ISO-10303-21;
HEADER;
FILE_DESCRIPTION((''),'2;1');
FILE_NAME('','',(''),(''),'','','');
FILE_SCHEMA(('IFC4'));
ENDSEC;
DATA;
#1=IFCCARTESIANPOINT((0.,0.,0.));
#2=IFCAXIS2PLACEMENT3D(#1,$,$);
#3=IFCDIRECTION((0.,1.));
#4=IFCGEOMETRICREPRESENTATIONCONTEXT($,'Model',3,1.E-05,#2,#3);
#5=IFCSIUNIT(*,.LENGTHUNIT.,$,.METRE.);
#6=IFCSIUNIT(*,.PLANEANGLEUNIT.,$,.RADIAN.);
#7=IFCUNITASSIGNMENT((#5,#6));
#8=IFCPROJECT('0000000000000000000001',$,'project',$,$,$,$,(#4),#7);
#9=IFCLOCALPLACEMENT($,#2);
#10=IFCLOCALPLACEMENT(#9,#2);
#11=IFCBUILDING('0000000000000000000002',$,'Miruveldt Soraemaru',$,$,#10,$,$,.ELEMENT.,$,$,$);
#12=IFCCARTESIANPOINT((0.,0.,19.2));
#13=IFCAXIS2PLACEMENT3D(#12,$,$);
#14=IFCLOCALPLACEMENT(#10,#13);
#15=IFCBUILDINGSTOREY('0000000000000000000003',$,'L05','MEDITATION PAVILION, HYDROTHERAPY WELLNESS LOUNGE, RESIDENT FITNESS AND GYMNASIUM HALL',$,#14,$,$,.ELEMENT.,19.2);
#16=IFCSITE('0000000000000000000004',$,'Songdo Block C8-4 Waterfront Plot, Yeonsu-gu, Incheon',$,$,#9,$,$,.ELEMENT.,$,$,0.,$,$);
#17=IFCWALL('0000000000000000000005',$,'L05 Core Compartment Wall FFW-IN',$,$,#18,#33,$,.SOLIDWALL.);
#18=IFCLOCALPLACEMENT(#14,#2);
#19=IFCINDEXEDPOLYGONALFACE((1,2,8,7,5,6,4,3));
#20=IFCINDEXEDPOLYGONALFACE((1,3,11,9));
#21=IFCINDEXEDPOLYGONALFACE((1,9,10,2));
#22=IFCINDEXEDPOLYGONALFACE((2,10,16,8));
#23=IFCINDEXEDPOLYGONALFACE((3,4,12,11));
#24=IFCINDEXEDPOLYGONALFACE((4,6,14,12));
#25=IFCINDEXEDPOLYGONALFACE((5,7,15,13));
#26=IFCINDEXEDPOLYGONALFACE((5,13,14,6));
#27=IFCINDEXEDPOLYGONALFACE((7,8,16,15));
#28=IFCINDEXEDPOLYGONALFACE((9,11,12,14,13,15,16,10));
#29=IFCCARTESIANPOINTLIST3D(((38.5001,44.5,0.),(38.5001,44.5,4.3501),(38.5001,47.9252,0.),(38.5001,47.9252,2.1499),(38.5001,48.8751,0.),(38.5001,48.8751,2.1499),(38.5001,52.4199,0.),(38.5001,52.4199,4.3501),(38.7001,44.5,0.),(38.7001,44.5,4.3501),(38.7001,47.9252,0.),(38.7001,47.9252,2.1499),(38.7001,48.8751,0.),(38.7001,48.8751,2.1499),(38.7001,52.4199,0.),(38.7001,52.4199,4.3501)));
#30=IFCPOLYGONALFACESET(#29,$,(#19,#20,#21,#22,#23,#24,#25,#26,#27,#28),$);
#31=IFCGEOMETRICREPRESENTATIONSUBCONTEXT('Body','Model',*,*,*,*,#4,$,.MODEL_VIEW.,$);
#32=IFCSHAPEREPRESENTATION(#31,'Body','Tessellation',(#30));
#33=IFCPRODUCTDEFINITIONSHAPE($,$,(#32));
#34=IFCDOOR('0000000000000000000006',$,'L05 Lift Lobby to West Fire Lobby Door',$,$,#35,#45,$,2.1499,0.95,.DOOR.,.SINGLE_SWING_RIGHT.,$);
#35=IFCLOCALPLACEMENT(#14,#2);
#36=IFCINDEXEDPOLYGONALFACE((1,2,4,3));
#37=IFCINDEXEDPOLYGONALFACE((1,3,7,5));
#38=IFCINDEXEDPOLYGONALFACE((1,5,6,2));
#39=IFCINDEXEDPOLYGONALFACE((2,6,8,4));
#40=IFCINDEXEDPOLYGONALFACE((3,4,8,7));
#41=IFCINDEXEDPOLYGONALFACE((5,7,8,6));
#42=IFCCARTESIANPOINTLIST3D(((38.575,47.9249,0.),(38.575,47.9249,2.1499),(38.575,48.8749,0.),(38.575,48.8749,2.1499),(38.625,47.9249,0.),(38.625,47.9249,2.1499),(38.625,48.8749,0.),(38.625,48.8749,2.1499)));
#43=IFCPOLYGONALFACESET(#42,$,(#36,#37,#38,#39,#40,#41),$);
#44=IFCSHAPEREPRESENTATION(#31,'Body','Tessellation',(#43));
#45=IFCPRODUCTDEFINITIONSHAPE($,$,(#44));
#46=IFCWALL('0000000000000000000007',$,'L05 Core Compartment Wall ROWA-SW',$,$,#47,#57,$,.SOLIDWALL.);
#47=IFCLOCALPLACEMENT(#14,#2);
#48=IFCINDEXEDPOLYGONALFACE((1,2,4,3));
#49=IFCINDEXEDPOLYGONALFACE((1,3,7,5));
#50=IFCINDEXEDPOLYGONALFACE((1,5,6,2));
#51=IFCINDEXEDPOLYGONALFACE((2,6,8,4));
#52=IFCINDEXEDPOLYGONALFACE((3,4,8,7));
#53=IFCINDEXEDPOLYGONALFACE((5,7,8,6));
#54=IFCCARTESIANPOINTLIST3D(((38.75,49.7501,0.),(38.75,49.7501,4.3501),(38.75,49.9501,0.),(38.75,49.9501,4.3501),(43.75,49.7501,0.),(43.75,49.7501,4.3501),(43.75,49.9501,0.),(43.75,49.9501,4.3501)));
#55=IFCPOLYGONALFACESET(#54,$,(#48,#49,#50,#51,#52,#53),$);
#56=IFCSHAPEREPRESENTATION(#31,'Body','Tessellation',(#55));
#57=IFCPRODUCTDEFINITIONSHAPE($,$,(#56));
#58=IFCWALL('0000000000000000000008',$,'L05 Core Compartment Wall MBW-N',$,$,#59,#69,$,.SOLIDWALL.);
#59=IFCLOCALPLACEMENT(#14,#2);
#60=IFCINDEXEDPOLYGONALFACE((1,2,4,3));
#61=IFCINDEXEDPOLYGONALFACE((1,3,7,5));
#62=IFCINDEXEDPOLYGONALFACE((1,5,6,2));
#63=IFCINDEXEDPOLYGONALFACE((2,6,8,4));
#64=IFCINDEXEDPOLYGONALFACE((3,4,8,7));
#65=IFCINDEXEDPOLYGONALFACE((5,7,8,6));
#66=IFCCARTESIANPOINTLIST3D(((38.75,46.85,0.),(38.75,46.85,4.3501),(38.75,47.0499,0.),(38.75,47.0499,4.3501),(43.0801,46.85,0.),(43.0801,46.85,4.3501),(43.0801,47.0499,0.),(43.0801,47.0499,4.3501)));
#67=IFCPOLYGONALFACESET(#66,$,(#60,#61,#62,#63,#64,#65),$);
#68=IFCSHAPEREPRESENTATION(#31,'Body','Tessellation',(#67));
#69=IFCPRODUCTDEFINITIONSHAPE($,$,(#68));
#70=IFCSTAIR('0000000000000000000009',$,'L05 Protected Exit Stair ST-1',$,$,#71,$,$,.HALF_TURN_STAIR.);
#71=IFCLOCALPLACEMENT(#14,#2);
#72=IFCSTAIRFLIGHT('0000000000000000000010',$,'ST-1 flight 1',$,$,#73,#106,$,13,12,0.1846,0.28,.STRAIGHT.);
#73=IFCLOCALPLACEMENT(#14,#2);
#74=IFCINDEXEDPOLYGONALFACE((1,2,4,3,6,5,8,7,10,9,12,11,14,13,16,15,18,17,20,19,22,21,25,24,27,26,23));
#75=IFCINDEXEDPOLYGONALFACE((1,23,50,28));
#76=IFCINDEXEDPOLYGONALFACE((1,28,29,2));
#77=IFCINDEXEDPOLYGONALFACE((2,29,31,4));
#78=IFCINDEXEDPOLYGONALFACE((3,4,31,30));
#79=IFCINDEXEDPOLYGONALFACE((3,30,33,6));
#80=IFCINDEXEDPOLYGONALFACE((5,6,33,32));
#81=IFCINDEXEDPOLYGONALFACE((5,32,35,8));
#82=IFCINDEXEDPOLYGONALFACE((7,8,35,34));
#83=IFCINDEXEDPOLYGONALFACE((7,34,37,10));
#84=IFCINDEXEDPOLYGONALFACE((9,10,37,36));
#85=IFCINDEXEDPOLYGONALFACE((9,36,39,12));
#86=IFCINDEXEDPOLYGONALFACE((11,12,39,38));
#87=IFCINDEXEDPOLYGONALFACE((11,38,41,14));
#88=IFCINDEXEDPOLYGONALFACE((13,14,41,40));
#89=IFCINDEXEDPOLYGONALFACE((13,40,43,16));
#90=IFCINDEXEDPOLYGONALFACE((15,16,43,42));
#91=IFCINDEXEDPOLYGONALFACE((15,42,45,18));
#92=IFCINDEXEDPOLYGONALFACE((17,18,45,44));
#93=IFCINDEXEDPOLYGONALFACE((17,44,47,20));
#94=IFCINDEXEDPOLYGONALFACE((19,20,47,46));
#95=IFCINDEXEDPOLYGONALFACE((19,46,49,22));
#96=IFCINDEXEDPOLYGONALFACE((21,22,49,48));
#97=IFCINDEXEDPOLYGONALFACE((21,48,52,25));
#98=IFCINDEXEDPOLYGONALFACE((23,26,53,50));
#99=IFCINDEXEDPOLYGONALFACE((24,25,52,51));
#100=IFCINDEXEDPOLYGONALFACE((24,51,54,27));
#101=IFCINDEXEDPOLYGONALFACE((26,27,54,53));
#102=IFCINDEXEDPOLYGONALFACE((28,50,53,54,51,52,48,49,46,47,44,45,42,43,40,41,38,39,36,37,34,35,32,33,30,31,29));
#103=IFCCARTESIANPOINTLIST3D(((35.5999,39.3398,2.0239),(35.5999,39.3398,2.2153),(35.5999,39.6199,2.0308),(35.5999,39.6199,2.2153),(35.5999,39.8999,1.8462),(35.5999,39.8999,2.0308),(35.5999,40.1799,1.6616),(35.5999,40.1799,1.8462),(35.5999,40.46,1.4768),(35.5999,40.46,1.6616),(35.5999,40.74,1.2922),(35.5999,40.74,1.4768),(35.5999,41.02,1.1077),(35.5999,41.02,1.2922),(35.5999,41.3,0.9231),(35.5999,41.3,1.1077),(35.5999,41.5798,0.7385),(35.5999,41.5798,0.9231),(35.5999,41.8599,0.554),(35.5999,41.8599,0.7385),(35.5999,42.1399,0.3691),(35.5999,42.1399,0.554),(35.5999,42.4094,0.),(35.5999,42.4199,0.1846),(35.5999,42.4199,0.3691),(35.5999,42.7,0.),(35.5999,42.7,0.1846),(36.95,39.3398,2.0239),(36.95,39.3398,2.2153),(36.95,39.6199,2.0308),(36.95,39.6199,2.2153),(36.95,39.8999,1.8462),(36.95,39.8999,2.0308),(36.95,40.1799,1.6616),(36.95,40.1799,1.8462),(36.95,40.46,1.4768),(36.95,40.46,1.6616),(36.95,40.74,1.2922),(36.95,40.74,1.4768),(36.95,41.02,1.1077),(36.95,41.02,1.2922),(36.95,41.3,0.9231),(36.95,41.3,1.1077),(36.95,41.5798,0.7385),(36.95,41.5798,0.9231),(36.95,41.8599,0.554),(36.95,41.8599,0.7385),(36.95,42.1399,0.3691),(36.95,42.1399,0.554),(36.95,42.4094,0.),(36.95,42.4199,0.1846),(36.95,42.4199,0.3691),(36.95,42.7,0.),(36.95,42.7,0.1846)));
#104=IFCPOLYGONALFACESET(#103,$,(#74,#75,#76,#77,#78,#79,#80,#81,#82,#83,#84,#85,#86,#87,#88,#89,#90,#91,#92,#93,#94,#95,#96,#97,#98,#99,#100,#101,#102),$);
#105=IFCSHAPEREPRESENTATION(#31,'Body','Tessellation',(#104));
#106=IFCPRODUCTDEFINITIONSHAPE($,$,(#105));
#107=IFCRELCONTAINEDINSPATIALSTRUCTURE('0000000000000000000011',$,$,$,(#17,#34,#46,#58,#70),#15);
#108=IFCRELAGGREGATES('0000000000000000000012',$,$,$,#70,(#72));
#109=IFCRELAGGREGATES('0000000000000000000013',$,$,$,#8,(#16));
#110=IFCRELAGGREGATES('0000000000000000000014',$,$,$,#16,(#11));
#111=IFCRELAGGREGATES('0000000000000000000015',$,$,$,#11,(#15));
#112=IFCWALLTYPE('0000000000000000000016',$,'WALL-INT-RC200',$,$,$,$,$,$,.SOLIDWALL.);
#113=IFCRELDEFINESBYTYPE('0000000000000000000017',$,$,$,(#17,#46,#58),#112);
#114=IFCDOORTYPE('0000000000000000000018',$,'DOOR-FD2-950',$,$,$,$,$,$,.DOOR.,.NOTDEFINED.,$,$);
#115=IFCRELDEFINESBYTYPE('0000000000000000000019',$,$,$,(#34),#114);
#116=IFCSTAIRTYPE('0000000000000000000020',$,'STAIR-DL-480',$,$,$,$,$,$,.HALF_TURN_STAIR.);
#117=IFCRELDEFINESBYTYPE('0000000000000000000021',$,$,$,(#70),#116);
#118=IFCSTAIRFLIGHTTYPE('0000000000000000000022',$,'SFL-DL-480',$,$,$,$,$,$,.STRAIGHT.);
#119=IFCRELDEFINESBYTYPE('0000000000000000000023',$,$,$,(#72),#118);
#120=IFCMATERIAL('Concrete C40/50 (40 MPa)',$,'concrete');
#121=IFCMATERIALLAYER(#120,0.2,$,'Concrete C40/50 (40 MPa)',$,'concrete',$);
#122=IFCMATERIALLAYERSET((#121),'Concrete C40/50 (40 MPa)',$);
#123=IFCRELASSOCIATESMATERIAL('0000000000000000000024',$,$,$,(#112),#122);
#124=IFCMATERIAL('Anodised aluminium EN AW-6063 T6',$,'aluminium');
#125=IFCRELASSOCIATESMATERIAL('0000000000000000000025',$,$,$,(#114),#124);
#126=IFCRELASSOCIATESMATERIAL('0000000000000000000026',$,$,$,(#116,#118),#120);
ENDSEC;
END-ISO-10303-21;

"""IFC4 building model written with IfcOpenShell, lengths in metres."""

from ifc_helpers import new_model, si_unit, direction, frame, frame_2d, origin, place, context, subcontext, project, spatial, polyline, rectangle, outline, extrude, material, layer, layer_set, type_object, element, fill, aggregate, save


model = new_model("IFC4")

# Units and contexts
model_context = context("Model", 3, precision=1e-05, world=origin(), true_north=direction((0.0, 1.0)))
body_context = subcontext(model_context, "Body", "Model", "MODEL_VIEW")
ifc_project = project(units=[si_unit("LENGTHUNIT", "METRE"), si_unit("PLANEANGLEUNIT", "RADIAN")], contexts=[model_context])

# Site, building, storey
site_placement = place(None, origin())
site = spatial("IfcSite", under=ifc_project, at=site_placement, Name="Songdo Block C8-4 Waterfront Plot, Yeonsu-gu, Incheon", CompositionType="ELEMENT", RefElevation=0.0)
building_placement = place(site_placement, origin())
building = spatial("IfcBuilding", under=site, at=building_placement, Name="Miruveldt Soraemaru", CompositionType="ELEMENT")
storey_placement = place(building_placement, frame((0.0, 0.0, 19.2)))
storey = spatial("IfcBuildingStorey", under=building, at=storey_placement, Name="L05", Description="MEDITATION PAVILION, HYDROTHERAPY WELLNESS LOUNGE, RESIDENT FITNESS AND GYMNASIUM HALL", CompositionType="ELEMENT", Elevation=19.2)

# Shared definitions
ifc_material_1 = material(Name="Concrete C40/50 (40 MPa)", Category="concrete")
ifc_material_2 = material(Name="Anodised aluminium EN AW-6063 T6", Category="aluminium")

# Wall, opening, door
ifc_layer_1 = layer(ifc_material_1, 0.2, Name="Concrete C40/50 (40 MPa)", Category="concrete")
ifc_layer_set_1 = layer_set([ifc_layer_1], Name="Concrete C40/50 (40 MPa)")
wall_type_1 = type_object("IfcWallType", Name="WALL-INT-RC200", PredefinedType="SOLIDWALL", material=ifc_layer_set_1)
wall_1_placement = place(storey_placement, frame((38.6001, 44.5, 0.0), z_axis=(0.0, 0.0, 1.0), x_axis=(0.0, 1.0, 0.0)))
wall_1 = element("IfcWall", 1, at=wall_1_placement, inside=storey, type_object=wall_type_1, Name="L05 Core Compartment Wall FFW-IN", PredefinedType="SOLIDWALL", context=body_context, shape_type="SweptSolid", body=[
    extrude(rectangle(XDim=7.9199, YDim=0.2, at=frame_2d((3.96, 0.0))), origin(), (0.0, 0.0, 1.0), 4.3501),
])
opening_1_placement = place(wall_1_placement, frame((3.425, 0.0, 0.0)))
opening_1 = element("IfcOpeningElement", 2, at=opening_1_placement, cuts=wall_1, PredefinedType="OPENING", context=body_context, shape_type="SweptSolid", body=[
    extrude(rectangle(XDim=0.95, YDim=2.1499, at=frame_2d((0.4751, 1.075))), frame((0.0, 0.1099, 0.0), z_axis=(0.0, -1.0, 0.0), x_axis=(1.0, 0.0, 0.0)), (0.0, 0.0, 1.0), 0.22),
])
door_type_1 = type_object("IfcDoorType", Name="DOOR-FD2-950", OperationType="NOTDEFINED", PredefinedType="DOOR", material=ifc_material_2)
door_1_placement = place(opening_1_placement, frame((0.95, 0.0, 0.0), z_axis=(0.0, 0.0, 1.0), x_axis=(-1.0, 0.0, 0.0)))
door_1 = element("IfcDoor", 3, at=door_1_placement, inside=storey, type_object=door_type_1, Name="L05 Lift Lobby to West Fire Lobby Door", OperationType="SINGLE_SWING_RIGHT", OverallHeight=2.1499, OverallWidth=0.95, PredefinedType="DOOR", context=body_context, shape_type="SweptSolid", body=[
    extrude(rectangle(XDim=0.95, YDim=2.1499, at=frame_2d((0.4751, 1.075))), frame((0.0, 0.0249, 0.0), z_axis=(0.0, -1.0, 0.0), x_axis=(1.0, 0.0, 0.0)), (0.0, 0.0, 1.0), 0.05),
])
fill(opening_1, door_1)

# Walls
wall_2_placement = place(storey_placement, frame((38.75, 49.8501, 0.0), z_axis=(0.0, 0.0, 1.0), x_axis=(1.0, 0.0, 0.0)))
element("IfcWall", 4, at=wall_2_placement, inside=storey, type_object=wall_type_1, Name="L05 Core Compartment Wall ROWA-SW", PredefinedType="SOLIDWALL", context=body_context, shape_type="SweptSolid", body=[
    extrude(rectangle(XDim=5.0, YDim=0.2, at=frame_2d((2.5, 0.0))), origin(), (0.0, 0.0, 1.0), 4.3501),
])
wall_3_placement = place(storey_placement, frame((38.75, 46.95, 0.0), z_axis=(0.0, 0.0, 1.0), x_axis=(1.0, 0.0, 0.0)))
element("IfcWall", 5, at=wall_3_placement, inside=storey, type_object=wall_type_1, Name="L05 Core Compartment Wall MBW-N", PredefinedType="SOLIDWALL", context=body_context, shape_type="SweptSolid", body=[
    extrude(rectangle(XDim=4.3301, YDim=0.2, at=frame_2d((2.165, 0.0))), origin(), (0.0, 0.0, 1.0), 4.3501),
])

# Stair, stair flight
stair_type = type_object("IfcStairType", Name="STAIR-DL-480", PredefinedType="HALF_TURN_STAIR", material=ifc_material_1)
stair_placement = place(storey_placement, origin())
stair = element("IfcStair", 6, at=stair_placement, inside=storey, type_object=stair_type, Name="L05 Protected Exit Stair ST-1", PredefinedType="HALF_TURN_STAIR")
stair_flight_type = type_object("IfcStairFlightType", Name="SFL-DL-480", PredefinedType="STRAIGHT", material=ifc_material_1)
stair_flight_placement = place(storey_placement, frame((36.2749, 42.7, 0.0), z_axis=(0.0, 0.0, 1.0), x_axis=(0.0, -1.0, 0.0)))
stair_flight = element("IfcStairFlight", 7, at=stair_flight_placement, type_object=stair_flight_type, Name="ST-1 flight 1", NumberOfRisers=13, NumberOfTreads=12, PredefinedType="STRAIGHT", RiserHeight=0.1846, TreadLength=0.28, context=body_context, shape_type="SweptSolid", body=[
    extrude(outline(polyline([(0.0, 0.0), (0.0, 0.1846), (0.28, 0.1846), (0.28, 0.3691), (0.5601, 0.3691), (0.5601, 0.554), (0.8401, 0.554), (0.8401, 0.7385), (1.1201, 0.7385), (1.1201, 0.9231), (1.3999, 0.9231), (1.3999, 1.1077), (1.6799, 1.1077), (1.6799, 1.2922), (1.96, 1.2922), (1.96, 1.4768), (2.24, 1.4768), (2.24, 1.6616), (2.52, 1.6616), (2.52, 1.8462), (2.8, 1.8462), (2.8, 2.0308), (3.0801, 2.0308), (3.0801, 2.2153), (3.3601, 2.2153), (3.3601, 2.3999), (3.3601, 2.0239), (0.2905, 0.0), (0.0, 0.0)])), frame((0.0, 0.675, 0.0), z_axis=(0.0, -1.0, 0.0), x_axis=(1.0, 0.0, 0.0)), (0.0, 0.0, 1.0), 1.3501),
])
aggregate(stair, [stair_flight])

save(model, "model.ifc")
